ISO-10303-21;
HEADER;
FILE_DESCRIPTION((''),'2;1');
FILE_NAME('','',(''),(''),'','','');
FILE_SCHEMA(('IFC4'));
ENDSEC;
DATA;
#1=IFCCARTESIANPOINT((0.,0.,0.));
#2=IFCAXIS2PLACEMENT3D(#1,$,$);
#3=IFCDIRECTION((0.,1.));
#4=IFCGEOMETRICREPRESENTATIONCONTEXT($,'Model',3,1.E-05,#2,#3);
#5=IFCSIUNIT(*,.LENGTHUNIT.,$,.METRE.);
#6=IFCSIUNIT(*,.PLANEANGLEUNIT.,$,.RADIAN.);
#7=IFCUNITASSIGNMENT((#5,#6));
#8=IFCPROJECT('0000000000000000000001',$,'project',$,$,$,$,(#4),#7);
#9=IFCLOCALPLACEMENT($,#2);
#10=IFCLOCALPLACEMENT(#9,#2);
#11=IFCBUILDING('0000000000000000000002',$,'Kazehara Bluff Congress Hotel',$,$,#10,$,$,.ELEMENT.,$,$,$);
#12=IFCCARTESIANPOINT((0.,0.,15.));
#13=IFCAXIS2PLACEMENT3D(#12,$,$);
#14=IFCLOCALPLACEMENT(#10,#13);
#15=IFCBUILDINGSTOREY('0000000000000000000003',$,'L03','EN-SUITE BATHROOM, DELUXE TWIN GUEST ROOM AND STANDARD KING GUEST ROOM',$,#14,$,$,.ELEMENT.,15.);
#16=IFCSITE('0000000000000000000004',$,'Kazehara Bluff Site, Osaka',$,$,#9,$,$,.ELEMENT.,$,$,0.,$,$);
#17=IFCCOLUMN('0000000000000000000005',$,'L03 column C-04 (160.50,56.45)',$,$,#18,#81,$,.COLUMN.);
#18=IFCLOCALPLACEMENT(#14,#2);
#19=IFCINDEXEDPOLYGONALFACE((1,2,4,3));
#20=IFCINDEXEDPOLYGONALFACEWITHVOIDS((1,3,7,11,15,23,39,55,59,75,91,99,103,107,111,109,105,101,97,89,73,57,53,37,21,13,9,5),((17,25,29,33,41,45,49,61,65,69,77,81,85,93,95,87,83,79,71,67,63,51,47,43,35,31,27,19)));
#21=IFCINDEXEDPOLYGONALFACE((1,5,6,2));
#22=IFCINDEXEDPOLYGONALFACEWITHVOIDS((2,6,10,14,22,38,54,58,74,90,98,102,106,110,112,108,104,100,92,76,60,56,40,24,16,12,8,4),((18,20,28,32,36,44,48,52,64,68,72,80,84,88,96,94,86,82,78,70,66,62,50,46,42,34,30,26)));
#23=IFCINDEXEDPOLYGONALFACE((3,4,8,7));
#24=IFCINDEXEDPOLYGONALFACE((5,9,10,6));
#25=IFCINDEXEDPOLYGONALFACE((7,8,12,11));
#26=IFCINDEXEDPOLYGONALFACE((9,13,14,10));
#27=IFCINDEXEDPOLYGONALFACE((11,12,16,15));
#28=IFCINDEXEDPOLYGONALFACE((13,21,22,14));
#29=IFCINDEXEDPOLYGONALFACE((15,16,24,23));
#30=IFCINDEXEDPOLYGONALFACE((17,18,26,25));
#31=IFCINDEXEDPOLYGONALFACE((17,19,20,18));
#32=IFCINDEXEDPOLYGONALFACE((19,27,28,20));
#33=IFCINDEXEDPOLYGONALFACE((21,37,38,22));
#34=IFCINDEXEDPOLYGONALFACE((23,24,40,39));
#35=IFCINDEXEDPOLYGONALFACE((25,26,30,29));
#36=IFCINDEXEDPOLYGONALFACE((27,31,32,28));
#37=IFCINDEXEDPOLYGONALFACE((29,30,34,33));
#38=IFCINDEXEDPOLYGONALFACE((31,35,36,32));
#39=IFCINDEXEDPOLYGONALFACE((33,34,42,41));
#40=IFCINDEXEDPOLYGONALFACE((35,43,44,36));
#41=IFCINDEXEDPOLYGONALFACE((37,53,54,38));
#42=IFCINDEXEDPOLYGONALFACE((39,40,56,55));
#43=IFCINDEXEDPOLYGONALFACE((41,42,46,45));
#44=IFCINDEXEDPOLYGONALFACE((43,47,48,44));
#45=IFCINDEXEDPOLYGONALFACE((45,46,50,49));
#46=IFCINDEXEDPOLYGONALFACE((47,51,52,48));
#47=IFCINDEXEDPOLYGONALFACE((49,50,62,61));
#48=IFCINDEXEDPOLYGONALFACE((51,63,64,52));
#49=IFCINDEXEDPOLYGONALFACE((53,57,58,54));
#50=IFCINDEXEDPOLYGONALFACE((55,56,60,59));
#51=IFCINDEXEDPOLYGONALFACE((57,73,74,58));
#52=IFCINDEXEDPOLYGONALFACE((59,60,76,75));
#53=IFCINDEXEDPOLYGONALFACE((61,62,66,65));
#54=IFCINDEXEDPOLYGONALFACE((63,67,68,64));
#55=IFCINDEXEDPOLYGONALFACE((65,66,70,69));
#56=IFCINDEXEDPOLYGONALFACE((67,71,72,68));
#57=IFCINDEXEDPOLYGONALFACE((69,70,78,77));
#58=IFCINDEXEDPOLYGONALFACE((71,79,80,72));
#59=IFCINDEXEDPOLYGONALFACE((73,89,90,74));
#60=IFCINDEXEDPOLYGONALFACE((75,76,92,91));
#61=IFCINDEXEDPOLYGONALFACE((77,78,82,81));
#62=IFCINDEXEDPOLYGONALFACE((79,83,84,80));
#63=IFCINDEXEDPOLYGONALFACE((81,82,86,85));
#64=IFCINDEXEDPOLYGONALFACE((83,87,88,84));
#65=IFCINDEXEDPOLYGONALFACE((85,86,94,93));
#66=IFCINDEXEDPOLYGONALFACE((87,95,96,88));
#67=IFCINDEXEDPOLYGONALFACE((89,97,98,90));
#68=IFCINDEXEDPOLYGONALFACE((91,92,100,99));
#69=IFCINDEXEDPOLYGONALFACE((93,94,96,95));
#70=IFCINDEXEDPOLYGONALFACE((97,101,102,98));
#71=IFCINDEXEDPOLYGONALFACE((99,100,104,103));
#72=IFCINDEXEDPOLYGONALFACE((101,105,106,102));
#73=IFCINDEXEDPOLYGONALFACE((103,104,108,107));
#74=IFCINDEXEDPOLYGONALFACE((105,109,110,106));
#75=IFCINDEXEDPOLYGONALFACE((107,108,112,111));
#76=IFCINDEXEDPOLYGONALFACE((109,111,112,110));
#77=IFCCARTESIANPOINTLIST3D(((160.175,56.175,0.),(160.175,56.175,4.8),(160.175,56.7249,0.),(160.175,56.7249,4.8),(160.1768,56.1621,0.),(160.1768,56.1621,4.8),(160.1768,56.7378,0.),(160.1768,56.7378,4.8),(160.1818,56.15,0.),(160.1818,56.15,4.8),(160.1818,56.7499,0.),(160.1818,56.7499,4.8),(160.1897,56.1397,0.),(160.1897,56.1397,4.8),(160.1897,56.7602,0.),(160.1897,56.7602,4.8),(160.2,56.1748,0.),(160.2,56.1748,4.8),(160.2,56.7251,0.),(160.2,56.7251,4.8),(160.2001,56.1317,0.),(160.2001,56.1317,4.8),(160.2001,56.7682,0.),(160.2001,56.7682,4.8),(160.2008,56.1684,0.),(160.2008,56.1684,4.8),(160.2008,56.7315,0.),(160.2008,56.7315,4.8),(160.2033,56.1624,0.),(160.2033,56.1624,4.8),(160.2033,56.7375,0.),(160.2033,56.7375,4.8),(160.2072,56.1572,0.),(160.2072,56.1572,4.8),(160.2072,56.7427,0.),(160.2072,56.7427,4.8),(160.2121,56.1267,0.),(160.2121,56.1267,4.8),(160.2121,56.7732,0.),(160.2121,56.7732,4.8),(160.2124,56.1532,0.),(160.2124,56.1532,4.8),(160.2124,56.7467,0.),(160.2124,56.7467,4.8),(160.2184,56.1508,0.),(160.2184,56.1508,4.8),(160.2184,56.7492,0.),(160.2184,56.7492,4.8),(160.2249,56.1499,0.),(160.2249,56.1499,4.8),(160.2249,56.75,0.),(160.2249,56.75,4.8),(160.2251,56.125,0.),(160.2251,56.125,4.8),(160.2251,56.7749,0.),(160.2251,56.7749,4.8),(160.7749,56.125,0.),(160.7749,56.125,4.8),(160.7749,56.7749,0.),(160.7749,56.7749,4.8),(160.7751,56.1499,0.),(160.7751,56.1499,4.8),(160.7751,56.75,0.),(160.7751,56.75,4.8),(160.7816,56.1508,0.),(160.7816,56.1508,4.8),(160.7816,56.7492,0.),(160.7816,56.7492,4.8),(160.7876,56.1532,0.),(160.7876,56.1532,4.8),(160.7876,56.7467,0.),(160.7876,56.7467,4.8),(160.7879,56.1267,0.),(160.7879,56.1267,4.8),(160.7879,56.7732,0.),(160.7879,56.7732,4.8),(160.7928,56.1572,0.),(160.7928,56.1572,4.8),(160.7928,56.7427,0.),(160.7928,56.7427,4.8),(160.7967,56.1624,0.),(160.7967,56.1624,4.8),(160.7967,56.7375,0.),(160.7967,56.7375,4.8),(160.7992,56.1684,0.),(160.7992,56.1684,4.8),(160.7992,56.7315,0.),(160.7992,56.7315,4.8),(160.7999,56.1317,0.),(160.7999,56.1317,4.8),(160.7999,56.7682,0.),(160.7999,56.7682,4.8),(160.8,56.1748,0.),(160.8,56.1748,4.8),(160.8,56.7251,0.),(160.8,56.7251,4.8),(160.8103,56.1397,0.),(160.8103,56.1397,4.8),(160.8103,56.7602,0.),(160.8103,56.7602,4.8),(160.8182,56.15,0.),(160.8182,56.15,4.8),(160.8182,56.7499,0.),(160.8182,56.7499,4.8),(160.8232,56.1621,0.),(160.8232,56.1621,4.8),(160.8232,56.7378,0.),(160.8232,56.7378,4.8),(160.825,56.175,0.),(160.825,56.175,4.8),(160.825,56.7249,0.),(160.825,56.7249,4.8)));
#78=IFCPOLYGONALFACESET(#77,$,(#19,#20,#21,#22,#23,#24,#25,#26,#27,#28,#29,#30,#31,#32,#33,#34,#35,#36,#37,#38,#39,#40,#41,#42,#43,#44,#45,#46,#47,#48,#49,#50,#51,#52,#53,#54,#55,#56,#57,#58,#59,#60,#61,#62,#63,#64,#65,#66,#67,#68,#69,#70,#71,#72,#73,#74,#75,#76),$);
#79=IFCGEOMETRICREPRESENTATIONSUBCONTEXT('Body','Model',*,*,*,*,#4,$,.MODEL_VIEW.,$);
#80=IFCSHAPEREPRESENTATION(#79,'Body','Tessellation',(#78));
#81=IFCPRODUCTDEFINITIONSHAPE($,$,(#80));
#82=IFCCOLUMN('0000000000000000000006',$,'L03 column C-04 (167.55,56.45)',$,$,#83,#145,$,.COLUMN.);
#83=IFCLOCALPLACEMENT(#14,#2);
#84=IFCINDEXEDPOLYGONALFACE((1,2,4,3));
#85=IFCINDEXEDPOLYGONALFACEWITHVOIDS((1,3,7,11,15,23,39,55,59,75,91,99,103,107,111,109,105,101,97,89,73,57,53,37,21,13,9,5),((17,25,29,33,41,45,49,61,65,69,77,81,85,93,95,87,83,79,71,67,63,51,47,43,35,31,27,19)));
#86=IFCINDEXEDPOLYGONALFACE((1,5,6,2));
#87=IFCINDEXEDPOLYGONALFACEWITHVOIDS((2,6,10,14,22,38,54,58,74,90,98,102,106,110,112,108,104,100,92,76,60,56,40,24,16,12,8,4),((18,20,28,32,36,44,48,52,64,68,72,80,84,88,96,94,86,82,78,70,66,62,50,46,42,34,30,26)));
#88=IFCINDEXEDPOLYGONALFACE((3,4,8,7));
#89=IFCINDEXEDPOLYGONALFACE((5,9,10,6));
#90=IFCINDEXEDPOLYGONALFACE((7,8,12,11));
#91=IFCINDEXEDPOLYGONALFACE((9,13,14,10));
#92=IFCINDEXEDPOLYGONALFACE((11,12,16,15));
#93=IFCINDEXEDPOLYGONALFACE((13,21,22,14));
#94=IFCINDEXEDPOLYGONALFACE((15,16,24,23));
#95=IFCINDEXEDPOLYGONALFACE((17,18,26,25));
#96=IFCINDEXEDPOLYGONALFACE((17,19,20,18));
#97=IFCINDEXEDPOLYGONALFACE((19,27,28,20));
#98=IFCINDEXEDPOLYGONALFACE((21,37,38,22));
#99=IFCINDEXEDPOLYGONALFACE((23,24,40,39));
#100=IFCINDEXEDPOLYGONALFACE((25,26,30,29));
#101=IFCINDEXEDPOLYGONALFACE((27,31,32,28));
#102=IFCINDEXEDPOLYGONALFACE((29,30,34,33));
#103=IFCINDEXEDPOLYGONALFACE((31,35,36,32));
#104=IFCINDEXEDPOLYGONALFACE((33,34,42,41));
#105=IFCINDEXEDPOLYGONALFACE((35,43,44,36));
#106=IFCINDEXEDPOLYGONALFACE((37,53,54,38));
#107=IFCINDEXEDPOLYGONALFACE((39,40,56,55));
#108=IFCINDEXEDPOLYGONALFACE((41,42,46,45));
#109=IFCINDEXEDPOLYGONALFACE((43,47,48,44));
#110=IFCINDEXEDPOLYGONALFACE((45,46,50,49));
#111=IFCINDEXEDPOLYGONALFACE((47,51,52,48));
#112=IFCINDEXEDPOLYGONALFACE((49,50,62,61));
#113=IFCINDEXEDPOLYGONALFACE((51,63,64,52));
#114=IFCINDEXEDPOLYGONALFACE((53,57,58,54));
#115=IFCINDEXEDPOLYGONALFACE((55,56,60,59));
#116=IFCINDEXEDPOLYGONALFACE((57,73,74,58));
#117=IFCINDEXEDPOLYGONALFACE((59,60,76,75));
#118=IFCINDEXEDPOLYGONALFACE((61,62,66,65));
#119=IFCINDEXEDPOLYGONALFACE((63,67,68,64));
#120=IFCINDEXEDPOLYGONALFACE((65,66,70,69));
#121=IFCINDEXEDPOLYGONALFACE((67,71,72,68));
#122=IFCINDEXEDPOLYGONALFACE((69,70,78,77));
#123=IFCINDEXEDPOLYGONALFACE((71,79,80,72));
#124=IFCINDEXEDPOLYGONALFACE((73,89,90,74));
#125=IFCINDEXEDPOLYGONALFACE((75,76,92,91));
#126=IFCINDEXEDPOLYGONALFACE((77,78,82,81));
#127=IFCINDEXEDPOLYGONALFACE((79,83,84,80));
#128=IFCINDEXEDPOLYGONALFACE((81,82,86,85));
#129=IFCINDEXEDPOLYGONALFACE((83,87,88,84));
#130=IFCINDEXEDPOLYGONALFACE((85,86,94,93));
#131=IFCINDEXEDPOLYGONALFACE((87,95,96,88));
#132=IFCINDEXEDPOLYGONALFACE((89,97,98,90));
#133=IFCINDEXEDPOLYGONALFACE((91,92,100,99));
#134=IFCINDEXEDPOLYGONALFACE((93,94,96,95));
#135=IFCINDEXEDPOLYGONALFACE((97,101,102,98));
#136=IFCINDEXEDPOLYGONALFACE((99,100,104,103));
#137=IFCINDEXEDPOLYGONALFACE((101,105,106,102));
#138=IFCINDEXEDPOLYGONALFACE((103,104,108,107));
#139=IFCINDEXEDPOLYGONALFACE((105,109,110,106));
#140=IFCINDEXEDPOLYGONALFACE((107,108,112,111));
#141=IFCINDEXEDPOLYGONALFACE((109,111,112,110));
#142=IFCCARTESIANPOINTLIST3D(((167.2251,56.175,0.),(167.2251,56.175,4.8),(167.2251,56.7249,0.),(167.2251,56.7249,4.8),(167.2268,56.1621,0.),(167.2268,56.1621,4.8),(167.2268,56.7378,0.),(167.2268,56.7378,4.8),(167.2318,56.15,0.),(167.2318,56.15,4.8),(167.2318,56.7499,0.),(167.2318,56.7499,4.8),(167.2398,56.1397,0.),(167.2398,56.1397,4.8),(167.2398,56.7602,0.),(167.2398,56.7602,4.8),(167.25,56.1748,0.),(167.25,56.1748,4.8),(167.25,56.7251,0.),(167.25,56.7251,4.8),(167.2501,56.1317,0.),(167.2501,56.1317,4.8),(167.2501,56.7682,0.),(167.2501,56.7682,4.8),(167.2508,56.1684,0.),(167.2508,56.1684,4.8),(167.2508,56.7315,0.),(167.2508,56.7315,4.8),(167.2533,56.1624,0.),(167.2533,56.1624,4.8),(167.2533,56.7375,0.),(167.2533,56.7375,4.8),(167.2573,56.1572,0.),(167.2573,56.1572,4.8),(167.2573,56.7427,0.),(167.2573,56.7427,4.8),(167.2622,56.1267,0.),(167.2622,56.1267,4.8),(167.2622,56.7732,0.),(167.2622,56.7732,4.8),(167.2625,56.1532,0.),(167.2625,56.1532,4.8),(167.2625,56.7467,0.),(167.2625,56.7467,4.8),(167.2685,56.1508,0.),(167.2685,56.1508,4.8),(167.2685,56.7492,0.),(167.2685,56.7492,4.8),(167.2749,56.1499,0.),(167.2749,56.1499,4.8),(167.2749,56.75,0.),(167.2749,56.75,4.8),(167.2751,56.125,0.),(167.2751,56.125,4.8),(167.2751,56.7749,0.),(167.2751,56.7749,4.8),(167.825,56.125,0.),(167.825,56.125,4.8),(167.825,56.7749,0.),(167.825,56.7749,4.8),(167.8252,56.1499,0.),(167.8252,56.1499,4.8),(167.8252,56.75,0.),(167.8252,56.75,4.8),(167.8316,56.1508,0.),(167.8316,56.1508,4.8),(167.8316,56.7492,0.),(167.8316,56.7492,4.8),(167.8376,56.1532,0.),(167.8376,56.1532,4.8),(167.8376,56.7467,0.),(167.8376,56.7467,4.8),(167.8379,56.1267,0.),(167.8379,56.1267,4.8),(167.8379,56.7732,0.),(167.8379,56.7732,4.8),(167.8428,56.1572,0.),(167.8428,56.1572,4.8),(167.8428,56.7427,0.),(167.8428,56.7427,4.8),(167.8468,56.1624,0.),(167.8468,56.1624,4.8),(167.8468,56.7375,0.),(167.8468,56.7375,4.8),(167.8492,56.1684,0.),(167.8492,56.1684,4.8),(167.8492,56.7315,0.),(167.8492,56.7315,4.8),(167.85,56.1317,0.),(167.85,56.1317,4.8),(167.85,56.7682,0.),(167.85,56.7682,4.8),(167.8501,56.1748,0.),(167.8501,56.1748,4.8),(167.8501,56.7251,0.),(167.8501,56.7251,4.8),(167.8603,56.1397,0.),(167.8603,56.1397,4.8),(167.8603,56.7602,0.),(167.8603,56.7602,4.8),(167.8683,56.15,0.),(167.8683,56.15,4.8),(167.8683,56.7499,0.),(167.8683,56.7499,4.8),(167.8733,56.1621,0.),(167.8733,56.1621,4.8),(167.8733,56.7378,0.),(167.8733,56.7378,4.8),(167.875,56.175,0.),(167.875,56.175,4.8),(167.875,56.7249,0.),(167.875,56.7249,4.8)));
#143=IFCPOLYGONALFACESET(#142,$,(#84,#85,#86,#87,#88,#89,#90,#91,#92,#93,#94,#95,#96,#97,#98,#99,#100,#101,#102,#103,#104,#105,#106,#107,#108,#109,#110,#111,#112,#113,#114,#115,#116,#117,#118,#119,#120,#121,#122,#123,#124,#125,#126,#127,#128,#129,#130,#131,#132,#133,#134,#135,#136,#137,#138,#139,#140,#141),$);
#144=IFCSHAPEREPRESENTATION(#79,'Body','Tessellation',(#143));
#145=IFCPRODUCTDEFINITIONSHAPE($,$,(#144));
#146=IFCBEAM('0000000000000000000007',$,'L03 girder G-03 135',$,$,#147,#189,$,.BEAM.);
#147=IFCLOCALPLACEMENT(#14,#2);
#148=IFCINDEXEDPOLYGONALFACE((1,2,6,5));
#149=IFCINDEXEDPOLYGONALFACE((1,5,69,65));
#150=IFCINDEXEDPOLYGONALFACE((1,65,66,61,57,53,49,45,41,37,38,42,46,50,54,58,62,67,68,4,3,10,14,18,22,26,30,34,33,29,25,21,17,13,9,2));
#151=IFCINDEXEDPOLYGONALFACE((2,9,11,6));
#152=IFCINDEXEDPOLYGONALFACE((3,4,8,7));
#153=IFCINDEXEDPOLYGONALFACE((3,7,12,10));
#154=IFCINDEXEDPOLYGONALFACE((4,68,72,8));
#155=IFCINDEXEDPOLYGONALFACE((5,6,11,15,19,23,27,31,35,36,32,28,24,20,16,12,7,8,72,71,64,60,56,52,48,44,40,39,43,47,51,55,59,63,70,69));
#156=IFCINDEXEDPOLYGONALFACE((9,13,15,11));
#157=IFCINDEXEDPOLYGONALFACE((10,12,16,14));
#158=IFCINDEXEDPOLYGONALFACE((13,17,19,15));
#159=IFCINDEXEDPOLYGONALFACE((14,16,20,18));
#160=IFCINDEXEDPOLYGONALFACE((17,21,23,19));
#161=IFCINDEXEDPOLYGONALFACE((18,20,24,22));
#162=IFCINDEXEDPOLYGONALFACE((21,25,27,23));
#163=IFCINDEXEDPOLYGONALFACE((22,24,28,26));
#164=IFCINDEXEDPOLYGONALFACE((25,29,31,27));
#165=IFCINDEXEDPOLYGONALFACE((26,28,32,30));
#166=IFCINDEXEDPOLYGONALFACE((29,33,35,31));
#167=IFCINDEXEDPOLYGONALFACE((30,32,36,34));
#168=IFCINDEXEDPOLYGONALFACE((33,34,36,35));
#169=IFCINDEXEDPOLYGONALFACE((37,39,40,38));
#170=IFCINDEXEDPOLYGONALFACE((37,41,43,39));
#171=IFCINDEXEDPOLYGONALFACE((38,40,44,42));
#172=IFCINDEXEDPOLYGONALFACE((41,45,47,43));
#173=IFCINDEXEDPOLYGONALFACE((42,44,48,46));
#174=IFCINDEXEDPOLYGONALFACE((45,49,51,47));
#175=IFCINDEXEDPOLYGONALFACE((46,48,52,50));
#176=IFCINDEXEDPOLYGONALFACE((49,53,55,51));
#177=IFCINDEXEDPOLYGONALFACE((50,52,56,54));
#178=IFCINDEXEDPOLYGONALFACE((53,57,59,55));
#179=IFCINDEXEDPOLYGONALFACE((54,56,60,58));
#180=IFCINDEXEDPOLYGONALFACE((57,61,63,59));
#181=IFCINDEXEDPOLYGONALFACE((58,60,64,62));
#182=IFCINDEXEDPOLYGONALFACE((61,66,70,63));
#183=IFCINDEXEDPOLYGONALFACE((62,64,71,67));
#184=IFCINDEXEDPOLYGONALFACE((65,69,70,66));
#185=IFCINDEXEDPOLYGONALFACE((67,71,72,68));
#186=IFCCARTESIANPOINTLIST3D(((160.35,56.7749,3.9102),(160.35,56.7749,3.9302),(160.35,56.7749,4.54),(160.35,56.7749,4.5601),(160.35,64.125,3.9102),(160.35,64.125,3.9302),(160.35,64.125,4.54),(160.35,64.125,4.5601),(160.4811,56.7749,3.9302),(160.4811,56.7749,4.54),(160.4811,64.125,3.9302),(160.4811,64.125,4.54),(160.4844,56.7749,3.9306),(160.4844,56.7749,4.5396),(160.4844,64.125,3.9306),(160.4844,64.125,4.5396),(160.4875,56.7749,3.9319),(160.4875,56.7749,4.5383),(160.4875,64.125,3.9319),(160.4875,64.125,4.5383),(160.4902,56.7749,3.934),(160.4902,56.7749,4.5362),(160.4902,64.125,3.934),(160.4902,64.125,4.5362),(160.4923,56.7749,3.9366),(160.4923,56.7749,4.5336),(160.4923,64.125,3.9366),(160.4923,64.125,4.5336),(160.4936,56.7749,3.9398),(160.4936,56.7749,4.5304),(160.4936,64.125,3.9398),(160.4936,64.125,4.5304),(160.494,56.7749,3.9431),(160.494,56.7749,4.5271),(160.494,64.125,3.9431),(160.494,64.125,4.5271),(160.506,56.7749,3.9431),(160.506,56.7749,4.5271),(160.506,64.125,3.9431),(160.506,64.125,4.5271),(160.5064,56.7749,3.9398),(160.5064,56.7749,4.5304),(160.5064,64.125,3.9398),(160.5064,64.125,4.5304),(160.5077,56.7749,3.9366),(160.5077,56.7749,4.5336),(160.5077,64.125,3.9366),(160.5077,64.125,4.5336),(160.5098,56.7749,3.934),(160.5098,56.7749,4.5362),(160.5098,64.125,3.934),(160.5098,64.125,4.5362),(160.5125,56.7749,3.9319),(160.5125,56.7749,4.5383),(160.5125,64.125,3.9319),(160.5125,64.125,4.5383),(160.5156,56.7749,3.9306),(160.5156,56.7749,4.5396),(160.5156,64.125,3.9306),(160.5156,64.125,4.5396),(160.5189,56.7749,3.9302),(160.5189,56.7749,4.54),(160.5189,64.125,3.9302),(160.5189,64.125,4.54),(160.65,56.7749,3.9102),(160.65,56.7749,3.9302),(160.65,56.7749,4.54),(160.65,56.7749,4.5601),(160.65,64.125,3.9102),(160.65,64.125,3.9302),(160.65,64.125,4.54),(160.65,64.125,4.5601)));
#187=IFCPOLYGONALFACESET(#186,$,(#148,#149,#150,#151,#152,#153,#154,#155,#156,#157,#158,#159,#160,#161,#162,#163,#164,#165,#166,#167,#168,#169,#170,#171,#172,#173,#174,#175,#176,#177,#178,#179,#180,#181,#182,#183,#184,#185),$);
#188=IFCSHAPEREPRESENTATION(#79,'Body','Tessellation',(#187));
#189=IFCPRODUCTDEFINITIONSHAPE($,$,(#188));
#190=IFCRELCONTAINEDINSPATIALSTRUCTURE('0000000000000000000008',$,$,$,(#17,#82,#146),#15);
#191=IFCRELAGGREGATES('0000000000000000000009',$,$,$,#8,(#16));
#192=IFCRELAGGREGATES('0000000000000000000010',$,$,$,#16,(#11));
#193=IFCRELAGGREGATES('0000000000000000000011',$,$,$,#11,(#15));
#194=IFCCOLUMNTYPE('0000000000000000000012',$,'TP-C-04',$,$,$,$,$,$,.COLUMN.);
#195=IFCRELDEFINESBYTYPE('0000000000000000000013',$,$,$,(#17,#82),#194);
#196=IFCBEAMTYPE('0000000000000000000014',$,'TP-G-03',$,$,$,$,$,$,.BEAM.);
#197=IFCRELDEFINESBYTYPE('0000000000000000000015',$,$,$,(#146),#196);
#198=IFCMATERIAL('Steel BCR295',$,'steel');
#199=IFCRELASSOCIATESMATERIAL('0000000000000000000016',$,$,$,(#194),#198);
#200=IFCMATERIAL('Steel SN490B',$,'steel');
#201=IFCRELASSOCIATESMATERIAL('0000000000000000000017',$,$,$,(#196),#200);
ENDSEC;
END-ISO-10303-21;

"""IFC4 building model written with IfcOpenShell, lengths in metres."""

from ifc_helpers import new_model, si_unit, direction, frame, origin, origin_2d, place, context, subcontext, project, spatial, hollow_rectangle, i_section, extrude, material, material_profile, profile_set, type_object, element, save


model = new_model("IFC4")

# Units and contexts
model_context = context("Model", 3, precision=1e-05, world=origin(), true_north=direction((0.0, 1.0)))
body_context = subcontext(model_context, "Body", "Model", "MODEL_VIEW")
ifc_project = project(units=[si_unit("LENGTHUNIT", "METRE"), si_unit("PLANEANGLEUNIT", "RADIAN")], contexts=[model_context])

# Site, building, storey
site_placement = place(None, origin())
site = spatial("IfcSite", under=ifc_project, at=site_placement, Name="Kazehara Bluff Site, Osaka", CompositionType="ELEMENT", RefElevation=0.0)
building_placement = place(site_placement, origin())
building = spatial("IfcBuilding", under=site, at=building_placement, Name="Kazehara Bluff Congress Hotel", CompositionType="ELEMENT")
storey_placement = place(building_placement, frame((0.0, 0.0, 15.0)))
storey = spatial("IfcBuildingStorey", under=building, at=storey_placement, Name="L03", Description="EN-SUITE BATHROOM, DELUXE TWIN GUEST ROOM AND STANDARD KING GUEST ROOM", CompositionType="ELEMENT", Elevation=15.0)

# Columns
ifc_material_1 = material(Name="Steel BCR295", Category="steel")
ifc_material_profile_1 = material_profile(ifc_material_1, hollow_rectangle(XDim=0.6499, YDim=0.6499, WallThickness=0.0249, InnerFilletRadius=0.0249, OuterFilletRadius=0.05, at=origin_2d()))
ifc_profile_set_1 = profile_set([ifc_material_profile_1], Name="Steel BCR295")
column_type = type_object("IfcColumnType", Name="TP-C-04", PredefinedType="COLUMN", material=ifc_profile_set_1)
for number, where, z_axis, x_axis, name in (
    (1, (160.5, 56.45, 0.0), (0.0, 0.0, 1.0), (1.0, 0.0, 0.0), "L03 column C-04 (160.50,56.45)"),
    (2, (167.55, 56.45, 0.0), (0.0, 0.0, 1.0), (1.0, 0.0, 0.0), "L03 column C-04 (167.55,56.45)"),
):
    element("IfcColumn", number, at=place(storey_placement, frame(where, z_axis=z_axis, x_axis=x_axis)), inside=storey, type_object=column_type, Name=name, PredefinedType="COLUMN", context=body_context, shape_type="SweptSolid", body=[
        extrude(hollow_rectangle(XDim=0.6499, YDim=0.6499, WallThickness=0.0249, InnerFilletRadius=0.0249, OuterFilletRadius=0.05, at=origin_2d()), origin(), (0.0, 0.0, 1.0), 4.8),
    ])

# Beam
ifc_material_2 = material(Name="Steel SN490B", Category="steel")
ifc_material_profile_2 = material_profile(ifc_material_2, i_section(OverallWidth=0.3, OverallDepth=0.6499, WebThickness=0.012, FlangeThickness=0.02, FilletRadius=0.0129, at=origin_2d()))
ifc_profile_set_2 = profile_set([ifc_material_profile_2], Name="Steel SN490B")
beam_type_1 = type_object("IfcBeamType", Name="TP-G-03", PredefinedType="BEAM", material=ifc_profile_set_2)
for number, where, z_axis, x_axis, name in (
    (3, (160.5, 56.7749, 4.2351), (0.0, 1.0, 0.0), (-1.0, 0.0, 0.0), "L03 girder G-03 135"),
):
    element("IfcBeam", number, at=place(storey_placement, frame(where, z_axis=z_axis, x_axis=x_axis)), inside=storey, type_object=beam_type_1, Name=name, PredefinedType="BEAM", context=body_context, shape_type="SweptSolid", body=[
        extrude(i_section(OverallWidth=0.3, OverallDepth=0.6499, WebThickness=0.012, FlangeThickness=0.02, FilletRadius=0.0129, at=origin_2d()), origin(), (0.0, 0.0, 1.0), 7.3501),
    ])

save(model, "model.ifc")
